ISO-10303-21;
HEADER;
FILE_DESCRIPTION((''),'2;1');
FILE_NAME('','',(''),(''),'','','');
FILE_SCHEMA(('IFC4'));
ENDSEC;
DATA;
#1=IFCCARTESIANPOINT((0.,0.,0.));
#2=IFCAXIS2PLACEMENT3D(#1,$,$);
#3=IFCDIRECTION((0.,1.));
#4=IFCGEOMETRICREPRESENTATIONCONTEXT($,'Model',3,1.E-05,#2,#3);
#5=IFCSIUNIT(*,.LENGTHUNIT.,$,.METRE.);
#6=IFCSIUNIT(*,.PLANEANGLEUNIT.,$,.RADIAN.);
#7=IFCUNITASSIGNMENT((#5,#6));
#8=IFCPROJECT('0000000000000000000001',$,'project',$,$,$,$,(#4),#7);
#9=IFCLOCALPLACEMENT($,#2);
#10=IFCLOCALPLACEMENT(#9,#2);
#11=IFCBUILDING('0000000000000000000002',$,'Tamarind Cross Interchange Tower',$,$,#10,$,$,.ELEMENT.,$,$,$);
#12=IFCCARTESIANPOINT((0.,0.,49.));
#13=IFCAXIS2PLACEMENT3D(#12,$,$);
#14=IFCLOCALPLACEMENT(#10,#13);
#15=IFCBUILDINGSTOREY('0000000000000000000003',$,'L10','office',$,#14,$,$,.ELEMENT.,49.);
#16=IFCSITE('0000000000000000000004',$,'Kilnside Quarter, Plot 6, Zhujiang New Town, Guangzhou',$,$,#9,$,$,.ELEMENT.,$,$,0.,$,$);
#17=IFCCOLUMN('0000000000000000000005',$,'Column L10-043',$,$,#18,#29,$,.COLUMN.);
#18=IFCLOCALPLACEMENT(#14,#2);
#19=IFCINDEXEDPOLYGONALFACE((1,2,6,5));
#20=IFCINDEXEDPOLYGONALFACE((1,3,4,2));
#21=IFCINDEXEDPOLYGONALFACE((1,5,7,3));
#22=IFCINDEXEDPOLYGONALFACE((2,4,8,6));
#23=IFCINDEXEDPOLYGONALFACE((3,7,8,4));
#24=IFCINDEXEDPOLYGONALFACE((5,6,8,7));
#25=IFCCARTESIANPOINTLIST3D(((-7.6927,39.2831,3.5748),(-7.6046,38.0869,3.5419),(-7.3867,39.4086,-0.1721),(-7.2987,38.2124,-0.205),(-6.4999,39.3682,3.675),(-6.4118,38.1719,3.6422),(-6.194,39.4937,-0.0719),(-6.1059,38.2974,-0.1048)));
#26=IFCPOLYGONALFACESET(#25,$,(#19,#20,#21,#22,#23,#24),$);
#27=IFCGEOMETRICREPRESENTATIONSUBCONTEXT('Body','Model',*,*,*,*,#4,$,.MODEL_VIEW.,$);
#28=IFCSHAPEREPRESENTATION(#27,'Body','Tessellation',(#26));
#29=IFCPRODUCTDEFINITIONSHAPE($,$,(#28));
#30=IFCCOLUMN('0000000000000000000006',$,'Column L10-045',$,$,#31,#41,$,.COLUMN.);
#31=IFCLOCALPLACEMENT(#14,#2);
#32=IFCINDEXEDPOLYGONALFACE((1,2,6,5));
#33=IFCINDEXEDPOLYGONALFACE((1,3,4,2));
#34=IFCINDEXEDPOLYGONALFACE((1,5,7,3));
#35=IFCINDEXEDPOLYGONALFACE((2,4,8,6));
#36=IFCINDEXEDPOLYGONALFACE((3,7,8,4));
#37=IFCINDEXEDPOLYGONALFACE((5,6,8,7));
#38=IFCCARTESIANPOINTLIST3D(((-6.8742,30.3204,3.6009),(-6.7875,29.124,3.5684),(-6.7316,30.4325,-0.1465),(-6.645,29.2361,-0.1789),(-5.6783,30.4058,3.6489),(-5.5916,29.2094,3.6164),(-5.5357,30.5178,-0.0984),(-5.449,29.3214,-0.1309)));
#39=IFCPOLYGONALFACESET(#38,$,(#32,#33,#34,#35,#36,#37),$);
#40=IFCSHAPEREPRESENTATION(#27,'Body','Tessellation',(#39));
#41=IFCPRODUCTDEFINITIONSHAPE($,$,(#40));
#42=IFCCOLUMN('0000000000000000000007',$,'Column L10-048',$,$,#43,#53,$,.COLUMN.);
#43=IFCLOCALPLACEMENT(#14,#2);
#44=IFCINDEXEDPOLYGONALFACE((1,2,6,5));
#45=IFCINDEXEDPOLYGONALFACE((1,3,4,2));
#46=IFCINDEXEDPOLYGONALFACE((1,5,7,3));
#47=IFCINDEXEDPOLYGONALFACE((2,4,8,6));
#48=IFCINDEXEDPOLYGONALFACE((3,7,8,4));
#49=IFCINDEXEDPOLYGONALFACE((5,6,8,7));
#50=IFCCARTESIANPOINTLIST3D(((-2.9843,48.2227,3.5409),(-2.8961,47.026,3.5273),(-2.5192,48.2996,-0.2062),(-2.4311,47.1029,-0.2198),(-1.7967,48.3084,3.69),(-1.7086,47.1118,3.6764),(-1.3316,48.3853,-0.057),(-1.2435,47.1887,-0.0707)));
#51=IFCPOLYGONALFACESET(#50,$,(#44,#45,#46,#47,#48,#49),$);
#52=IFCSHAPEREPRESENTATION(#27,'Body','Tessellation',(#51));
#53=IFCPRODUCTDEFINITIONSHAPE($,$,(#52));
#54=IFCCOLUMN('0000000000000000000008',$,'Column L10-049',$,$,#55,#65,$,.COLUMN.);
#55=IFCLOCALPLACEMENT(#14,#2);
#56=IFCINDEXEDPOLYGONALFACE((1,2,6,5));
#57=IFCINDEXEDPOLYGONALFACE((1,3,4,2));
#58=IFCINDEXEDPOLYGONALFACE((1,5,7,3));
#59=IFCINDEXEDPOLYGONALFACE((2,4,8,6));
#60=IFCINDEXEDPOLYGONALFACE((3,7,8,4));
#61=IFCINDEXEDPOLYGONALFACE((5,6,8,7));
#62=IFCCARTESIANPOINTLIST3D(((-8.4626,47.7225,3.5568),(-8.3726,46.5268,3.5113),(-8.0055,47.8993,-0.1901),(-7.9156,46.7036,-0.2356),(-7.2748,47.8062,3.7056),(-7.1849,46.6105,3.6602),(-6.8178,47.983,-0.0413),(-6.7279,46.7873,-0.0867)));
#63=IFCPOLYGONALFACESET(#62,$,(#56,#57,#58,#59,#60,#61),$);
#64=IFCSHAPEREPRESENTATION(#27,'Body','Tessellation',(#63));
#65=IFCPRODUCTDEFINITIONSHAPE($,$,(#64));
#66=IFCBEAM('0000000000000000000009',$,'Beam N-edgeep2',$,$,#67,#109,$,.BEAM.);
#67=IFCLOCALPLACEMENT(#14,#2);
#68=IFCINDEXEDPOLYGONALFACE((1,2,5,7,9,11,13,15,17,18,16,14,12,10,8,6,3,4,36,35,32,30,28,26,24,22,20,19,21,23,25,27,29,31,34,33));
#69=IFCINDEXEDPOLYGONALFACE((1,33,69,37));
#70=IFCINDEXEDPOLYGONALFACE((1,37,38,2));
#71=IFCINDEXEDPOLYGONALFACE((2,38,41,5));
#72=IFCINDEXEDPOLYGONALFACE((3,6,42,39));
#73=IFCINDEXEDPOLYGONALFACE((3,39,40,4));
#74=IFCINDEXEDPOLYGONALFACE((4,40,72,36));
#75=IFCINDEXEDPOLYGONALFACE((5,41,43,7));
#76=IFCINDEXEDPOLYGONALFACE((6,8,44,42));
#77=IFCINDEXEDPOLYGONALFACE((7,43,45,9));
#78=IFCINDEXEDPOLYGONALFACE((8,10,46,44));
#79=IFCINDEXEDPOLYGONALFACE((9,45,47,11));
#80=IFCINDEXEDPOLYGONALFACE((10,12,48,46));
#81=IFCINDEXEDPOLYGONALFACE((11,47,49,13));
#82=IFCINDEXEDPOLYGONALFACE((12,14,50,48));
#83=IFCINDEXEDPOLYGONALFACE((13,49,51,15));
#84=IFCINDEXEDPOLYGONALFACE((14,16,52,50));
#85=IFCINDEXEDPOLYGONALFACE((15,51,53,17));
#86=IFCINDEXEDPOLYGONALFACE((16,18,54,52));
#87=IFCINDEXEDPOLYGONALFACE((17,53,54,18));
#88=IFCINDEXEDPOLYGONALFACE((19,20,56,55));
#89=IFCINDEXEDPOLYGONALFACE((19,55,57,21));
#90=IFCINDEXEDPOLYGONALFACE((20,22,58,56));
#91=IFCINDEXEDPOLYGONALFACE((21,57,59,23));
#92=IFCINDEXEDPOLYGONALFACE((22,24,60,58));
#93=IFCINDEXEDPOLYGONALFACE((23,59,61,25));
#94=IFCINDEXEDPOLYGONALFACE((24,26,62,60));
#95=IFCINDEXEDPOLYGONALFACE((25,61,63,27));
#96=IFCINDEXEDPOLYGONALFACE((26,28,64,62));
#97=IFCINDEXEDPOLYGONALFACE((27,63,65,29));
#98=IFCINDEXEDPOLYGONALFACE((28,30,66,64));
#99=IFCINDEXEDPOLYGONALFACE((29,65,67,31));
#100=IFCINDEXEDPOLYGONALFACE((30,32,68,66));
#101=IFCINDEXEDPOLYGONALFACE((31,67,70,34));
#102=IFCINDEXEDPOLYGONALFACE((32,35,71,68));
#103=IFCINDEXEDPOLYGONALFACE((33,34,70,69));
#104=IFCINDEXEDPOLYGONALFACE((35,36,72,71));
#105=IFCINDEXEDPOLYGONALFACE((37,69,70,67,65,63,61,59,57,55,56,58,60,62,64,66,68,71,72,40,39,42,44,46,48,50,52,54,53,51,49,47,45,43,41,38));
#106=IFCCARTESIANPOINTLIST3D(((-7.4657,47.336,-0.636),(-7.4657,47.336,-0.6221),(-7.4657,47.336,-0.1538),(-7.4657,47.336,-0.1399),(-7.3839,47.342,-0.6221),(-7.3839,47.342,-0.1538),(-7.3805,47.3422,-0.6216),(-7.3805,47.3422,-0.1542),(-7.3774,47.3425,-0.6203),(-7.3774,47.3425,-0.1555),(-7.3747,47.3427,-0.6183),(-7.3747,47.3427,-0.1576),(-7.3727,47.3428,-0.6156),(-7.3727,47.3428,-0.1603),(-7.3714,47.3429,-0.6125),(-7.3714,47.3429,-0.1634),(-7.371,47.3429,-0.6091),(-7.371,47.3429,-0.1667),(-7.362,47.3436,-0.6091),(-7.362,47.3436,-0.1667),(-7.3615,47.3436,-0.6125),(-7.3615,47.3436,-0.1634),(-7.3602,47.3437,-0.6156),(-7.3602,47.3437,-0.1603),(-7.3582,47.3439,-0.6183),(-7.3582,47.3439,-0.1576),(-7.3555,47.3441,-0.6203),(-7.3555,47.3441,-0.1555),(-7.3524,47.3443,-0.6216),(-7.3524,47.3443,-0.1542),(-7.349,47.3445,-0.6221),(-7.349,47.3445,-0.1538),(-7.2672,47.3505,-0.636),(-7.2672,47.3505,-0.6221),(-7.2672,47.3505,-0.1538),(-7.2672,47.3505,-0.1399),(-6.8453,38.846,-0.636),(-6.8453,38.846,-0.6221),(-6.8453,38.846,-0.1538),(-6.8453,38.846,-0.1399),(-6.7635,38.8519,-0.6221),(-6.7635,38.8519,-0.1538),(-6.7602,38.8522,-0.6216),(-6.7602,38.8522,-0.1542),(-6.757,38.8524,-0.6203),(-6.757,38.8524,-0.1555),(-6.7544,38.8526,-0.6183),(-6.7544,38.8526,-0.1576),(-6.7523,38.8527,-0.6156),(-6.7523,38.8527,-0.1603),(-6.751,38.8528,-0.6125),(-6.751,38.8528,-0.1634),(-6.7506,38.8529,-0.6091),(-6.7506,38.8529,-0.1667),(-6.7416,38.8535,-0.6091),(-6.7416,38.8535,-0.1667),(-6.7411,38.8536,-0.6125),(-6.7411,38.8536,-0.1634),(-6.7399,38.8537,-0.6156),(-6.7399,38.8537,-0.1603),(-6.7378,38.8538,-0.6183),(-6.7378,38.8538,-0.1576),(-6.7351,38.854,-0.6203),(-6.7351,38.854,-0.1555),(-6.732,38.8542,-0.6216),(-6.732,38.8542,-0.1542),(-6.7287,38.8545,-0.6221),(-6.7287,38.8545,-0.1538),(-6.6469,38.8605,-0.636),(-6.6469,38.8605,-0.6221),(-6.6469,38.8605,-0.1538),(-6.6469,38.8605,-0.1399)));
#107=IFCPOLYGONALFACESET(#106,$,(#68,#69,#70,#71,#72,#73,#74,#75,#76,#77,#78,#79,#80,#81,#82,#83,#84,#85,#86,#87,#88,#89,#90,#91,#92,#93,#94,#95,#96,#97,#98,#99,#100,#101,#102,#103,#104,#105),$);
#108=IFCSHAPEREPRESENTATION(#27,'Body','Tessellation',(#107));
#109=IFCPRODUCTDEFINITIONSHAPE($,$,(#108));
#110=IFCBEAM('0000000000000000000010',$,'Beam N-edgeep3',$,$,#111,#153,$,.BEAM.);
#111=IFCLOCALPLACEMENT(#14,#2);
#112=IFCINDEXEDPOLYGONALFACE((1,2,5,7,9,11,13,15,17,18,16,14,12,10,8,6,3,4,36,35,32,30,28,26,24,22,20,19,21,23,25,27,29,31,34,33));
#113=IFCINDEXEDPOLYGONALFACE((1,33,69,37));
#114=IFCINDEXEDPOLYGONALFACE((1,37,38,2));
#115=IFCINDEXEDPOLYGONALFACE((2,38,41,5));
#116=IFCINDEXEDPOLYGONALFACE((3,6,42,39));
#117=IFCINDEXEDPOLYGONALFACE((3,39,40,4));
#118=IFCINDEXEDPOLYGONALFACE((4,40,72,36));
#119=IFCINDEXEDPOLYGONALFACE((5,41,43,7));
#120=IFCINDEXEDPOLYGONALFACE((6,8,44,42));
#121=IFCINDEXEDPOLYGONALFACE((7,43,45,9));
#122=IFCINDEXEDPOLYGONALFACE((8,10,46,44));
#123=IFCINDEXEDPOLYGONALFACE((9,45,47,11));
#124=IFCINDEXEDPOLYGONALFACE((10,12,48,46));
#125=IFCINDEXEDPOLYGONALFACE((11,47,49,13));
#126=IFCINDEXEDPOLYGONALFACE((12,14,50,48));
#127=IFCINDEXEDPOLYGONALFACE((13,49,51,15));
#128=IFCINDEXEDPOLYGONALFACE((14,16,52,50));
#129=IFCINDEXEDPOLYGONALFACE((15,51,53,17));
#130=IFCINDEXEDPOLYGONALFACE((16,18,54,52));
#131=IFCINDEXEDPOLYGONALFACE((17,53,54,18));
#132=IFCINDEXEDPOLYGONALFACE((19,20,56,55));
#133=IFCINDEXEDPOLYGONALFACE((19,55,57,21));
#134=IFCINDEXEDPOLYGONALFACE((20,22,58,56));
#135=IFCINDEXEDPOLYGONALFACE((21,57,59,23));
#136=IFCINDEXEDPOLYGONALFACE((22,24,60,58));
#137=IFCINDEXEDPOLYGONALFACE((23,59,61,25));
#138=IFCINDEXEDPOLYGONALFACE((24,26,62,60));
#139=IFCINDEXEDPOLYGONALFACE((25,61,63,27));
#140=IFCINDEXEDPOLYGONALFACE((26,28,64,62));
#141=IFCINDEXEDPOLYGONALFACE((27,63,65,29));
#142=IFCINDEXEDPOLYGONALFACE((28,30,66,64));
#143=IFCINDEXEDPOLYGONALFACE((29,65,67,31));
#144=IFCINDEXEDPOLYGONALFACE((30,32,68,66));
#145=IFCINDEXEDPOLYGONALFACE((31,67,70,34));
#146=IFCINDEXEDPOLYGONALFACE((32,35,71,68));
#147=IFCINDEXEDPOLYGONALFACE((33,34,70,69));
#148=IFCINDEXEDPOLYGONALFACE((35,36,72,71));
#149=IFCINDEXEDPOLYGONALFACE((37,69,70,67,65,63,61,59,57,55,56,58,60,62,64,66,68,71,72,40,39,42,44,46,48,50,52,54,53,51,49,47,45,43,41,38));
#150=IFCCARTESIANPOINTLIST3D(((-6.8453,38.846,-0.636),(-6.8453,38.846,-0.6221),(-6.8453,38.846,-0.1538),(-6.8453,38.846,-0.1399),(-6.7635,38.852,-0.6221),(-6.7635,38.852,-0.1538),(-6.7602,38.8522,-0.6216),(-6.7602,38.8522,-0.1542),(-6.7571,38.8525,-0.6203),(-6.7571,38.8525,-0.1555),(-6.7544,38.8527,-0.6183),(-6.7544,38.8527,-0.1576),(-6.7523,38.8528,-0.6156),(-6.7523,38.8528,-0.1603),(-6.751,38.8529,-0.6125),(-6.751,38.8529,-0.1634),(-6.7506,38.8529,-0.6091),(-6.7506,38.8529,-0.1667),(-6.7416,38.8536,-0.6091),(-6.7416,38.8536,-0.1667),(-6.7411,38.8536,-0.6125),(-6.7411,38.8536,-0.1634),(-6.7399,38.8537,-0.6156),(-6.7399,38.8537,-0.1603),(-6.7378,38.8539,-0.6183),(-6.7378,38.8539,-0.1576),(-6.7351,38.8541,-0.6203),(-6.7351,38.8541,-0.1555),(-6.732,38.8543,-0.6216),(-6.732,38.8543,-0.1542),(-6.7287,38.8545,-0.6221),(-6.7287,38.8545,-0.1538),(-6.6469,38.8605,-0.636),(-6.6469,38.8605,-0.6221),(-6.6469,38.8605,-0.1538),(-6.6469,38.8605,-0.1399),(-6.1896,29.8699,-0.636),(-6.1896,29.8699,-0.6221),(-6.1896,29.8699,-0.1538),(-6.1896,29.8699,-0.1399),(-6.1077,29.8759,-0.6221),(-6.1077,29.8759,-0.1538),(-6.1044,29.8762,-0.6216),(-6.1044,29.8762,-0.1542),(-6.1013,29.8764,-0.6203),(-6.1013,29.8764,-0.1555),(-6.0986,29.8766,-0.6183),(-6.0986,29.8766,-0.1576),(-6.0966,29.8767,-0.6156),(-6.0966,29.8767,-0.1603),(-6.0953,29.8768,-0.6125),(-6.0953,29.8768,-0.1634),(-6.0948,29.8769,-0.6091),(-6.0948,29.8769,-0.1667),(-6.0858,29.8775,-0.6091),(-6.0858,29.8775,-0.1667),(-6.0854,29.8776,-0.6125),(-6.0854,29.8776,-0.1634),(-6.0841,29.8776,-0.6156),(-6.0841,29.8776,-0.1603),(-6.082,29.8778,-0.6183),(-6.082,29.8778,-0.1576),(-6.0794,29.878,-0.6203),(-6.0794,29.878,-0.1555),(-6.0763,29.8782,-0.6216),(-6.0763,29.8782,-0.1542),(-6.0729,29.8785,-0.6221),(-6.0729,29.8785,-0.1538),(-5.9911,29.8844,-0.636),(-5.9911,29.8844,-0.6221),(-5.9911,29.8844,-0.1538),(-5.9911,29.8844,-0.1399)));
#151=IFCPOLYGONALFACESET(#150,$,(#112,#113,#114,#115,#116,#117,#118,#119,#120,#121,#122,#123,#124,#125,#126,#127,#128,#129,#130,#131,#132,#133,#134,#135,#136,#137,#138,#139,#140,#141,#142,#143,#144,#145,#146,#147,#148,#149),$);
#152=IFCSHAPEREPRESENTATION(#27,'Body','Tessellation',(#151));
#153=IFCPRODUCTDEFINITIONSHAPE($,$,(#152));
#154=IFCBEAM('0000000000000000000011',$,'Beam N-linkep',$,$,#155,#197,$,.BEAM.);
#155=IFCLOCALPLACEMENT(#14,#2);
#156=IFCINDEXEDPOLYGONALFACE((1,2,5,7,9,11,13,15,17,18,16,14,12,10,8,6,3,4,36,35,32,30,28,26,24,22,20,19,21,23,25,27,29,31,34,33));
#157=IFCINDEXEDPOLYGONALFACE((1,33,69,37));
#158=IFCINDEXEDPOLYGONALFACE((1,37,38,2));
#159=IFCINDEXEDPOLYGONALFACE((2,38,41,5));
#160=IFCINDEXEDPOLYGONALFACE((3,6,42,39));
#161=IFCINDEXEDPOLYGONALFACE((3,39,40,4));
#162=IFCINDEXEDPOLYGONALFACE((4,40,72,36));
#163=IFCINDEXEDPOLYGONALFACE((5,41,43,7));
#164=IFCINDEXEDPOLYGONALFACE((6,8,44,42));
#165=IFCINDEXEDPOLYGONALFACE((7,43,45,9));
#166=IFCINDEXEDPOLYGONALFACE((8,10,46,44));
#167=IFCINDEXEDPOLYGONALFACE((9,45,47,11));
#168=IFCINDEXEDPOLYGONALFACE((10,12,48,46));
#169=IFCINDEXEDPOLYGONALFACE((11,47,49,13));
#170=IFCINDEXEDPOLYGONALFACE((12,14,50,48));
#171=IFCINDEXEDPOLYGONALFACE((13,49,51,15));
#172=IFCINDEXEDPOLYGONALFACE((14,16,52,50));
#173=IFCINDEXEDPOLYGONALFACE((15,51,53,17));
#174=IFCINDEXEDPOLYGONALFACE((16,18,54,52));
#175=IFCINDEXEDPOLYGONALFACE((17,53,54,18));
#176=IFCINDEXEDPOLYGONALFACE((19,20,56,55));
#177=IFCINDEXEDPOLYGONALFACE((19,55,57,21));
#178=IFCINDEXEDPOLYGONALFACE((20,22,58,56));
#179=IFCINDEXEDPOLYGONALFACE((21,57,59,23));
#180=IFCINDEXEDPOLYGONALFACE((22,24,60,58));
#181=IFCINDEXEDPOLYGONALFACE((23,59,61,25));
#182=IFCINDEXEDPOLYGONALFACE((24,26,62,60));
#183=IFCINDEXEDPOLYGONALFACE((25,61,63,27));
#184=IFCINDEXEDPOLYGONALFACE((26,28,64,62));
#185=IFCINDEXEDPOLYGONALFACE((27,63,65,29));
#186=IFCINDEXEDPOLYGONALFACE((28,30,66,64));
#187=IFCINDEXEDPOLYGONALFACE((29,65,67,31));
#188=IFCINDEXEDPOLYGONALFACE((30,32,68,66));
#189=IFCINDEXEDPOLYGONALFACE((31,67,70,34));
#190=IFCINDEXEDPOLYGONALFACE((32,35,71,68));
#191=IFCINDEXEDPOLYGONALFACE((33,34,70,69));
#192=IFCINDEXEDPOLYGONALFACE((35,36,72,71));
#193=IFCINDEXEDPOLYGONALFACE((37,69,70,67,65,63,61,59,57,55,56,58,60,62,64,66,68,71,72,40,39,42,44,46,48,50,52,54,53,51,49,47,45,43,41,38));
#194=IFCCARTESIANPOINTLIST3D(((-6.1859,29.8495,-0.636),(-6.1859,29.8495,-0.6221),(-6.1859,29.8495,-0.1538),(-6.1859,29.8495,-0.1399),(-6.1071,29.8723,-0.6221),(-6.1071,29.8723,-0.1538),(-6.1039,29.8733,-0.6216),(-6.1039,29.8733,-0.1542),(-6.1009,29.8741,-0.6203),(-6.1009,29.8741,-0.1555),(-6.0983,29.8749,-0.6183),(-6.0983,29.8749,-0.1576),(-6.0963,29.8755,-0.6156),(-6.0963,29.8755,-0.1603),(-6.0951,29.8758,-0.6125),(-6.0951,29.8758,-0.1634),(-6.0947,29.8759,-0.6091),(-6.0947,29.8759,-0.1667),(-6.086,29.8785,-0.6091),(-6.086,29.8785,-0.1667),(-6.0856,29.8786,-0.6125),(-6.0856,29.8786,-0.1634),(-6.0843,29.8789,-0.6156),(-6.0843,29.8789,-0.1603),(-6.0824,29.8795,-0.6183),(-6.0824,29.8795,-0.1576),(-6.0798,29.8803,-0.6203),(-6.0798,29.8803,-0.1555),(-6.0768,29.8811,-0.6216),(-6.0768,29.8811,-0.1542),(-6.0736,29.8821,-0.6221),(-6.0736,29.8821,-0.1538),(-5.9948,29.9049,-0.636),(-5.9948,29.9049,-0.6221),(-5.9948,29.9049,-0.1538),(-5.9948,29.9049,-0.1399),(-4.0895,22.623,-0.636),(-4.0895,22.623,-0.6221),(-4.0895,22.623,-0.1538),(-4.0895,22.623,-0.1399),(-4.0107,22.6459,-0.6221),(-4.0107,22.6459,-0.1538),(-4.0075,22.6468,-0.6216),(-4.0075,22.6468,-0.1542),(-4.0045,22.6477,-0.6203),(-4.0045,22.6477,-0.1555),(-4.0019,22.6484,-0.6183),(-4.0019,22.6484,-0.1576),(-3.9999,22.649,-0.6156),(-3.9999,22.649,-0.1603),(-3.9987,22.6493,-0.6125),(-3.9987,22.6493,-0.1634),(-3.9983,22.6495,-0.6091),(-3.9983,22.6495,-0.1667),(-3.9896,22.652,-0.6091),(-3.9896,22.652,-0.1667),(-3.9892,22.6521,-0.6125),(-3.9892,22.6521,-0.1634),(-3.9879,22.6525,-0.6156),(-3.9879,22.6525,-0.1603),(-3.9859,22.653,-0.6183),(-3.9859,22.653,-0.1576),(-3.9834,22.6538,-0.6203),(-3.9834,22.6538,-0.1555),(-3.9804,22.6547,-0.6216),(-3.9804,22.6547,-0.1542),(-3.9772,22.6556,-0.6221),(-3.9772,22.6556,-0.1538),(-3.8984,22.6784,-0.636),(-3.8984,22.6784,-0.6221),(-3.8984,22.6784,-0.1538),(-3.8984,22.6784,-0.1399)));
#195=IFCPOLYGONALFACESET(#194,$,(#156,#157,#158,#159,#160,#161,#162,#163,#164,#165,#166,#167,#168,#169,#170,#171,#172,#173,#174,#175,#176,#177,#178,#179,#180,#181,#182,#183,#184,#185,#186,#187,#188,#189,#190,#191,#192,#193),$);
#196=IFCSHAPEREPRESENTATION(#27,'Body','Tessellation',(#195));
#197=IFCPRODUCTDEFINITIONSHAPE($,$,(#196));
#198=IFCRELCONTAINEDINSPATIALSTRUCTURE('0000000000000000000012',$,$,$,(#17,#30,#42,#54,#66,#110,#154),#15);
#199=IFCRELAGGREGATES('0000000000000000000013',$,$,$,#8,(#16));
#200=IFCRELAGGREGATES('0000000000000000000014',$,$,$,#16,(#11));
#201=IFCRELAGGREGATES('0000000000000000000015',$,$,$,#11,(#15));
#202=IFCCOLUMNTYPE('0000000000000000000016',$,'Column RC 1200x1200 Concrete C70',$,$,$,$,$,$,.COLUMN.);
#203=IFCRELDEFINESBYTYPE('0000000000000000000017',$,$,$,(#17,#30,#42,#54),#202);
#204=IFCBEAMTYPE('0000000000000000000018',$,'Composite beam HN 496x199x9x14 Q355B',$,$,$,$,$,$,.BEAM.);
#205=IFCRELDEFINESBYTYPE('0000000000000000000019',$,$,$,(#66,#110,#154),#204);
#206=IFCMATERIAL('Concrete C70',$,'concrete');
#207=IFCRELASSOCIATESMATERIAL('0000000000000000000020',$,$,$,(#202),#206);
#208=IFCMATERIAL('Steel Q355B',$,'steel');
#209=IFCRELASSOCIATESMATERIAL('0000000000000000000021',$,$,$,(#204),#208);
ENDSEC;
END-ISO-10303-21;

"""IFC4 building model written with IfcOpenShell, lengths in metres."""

from ifc_helpers import new_model, si_unit, direction, frame, origin, origin_2d, place, context, subcontext, project, spatial, rectangle, i_section, extrude, material, material_profile, profile_set, type_object, element, save


model = new_model("IFC4")

# Units and contexts
model_context = context("Model", 3, precision=1e-05, world=origin(), true_north=direction((0.0, 1.0)))
body_context = subcontext(model_context, "Body", "Model", "MODEL_VIEW")
ifc_project = project(units=[si_unit("LENGTHUNIT", "METRE"), si_unit("PLANEANGLEUNIT", "RADIAN")], contexts=[model_context])

# Site, building, storey
site_placement = place(None, origin())
site = spatial("IfcSite", under=ifc_project, at=site_placement, Name="Kilnside Quarter, Plot 6, Zhujiang New Town, Guangzhou", CompositionType="ELEMENT", RefElevation=0.0)
building_placement = place(site_placement, origin())
building = spatial("IfcBuilding", under=site, at=building_placement, Name="Tamarind Cross Interchange Tower", CompositionType="ELEMENT")
storey_placement = place(building_placement, frame((0.0, 0.0, 49.0)))
storey = spatial("IfcBuildingStorey", under=building, at=storey_placement, Name="L10", Description="office", CompositionType="ELEMENT", Elevation=49.0)

# Columns
ifc_material_1 = material(Name="Concrete C70", Category="concrete")
ifc_material_profile_1 = material_profile(ifc_material_1, rectangle(XDim=1.2, YDim=1.2, at=origin_2d()), Name="RC 1200x1200")
ifc_profile_set_1 = profile_set([ifc_material_profile_1], Name="Concrete C70")
column_type = type_object("IfcColumnType", Name="Column RC 1200x1200 Concrete C70", PredefinedType="COLUMN", material=ifc_profile_set_1)
column_1_placement = place(storey_placement, frame((-6.7463, 38.853, -0.1384), z_axis=(-0.081329, -0.033362, 0.996129), x_axis=(0.993981, 0.070891, 0.083527)))
element("IfcColumn", 1, at=column_1_placement, inside=storey, type_object=column_type, Name="Column L10-043", PredefinedType="COLUMN", context=body_context, shape_type="SweptSolid", body=[
    extrude(rectangle(XDim=1.2, YDim=1.2, at=origin_2d()), origin(), (0.0, 0.0, 1.0), 3.7615),
])
column_2_placement = place(storey_placement, frame((-6.0903, 29.877, -0.1387), z_axis=(-0.038004, -0.029869, 0.998831), x_axis=(0.996663, 0.071126, 0.040048)))
element("IfcColumn", 2, at=column_2_placement, inside=storey, type_object=column_type, Name="Column L10-045", PredefinedType="COLUMN", context=body_context, shape_type="SweptSolid", body=[
    extrude(rectangle(XDim=1.2, YDim=1.2, at=origin_2d()), origin(), (0.0, 0.0, 1.0), 3.7517),
])
column_3_placement = place(storey_placement, frame((-1.8813, 47.7441, -0.1384), z_axis=(-0.12315, -0.020363, 0.992179), x_axis=(0.989666, 0.071477, 0.124305)))
element("IfcColumn", 3, at=column_3_placement, inside=storey, type_object=column_type, Name="Column L10-048", PredefinedType="COLUMN", context=body_context, shape_type="SweptSolid", body=[
    extrude(rectangle(XDim=1.2, YDim=1.2, at=origin_2d()), origin(), (0.0, 0.0, 1.0), 3.7766),
])
column_4_placement = place(storey_placement, frame((-7.3667, 47.3433, -0.1384), z_axis=(-0.120948, -0.046777, 0.991556), x_axis=(0.989825, 0.069746, 0.124027)))
element("IfcColumn", 4, at=column_4_placement, inside=storey, type_object=column_type, Name="Column L10-049", PredefinedType="COLUMN", context=body_context, shape_type="SweptSolid", body=[
    extrude(rectangle(XDim=1.2, YDim=1.2, at=origin_2d()), origin(), (0.0, 0.0, 1.0), 3.7788),
])

# Beams
ifc_material_2 = material(Name="Steel Q355B", Category="steel")
ifc_material_profile_2 = material_profile(ifc_material_2, i_section(OverallWidth=0.199, OverallDepth=0.4961, WebThickness=0.009, FlangeThickness=0.0139, FilletRadius=0.0129, at=origin_2d()), Name="HN 496x199x9x14")
ifc_profile_set_2 = profile_set([ifc_material_profile_2], Name="Steel Q355B")
beam_type_1 = type_object("IfcBeamType", Name="Composite beam HN 496x199x9x14 Q355B", PredefinedType="BEAM", material=ifc_profile_set_2)
beam_1_placement = place(storey_placement, frame((-7.3665, 47.3433, -0.3879), z_axis=(0.072875, -0.997341, 0.0), x_axis=(0.997341, 0.072875, 0.0)))
element("IfcBeam", 5, at=beam_1_placement, inside=storey, type_object=beam_type_1, Name="Beam N-edgeep2", PredefinedType="BEAM", context=body_context, shape_type="SweptSolid", body=[
    extrude(i_section(OverallWidth=0.199, OverallDepth=0.4961, WebThickness=0.009, FlangeThickness=0.0139, FilletRadius=0.0129, at=origin_2d()), origin(), (0.0, 0.0, 1.0), 8.5127),
])
beam_2_placement = place(storey_placement, frame((-6.7461, 38.8533, -0.3879), z_axis=(0.072862, -0.997342, 0.0), x_axis=(0.997342, 0.072862, 0.0)))
element("IfcBeam", 6, at=beam_2_placement, inside=storey, type_object=beam_type_1, Name="Beam N-edgeep3", PredefinedType="BEAM", context=body_context, shape_type="SweptSolid", body=[
    extrude(i_section(OverallWidth=0.199, OverallDepth=0.4961, WebThickness=0.009, FlangeThickness=0.0139, FilletRadius=0.0129, at=origin_2d()), origin(), (0.0, 0.0, 1.0), 9.0),
])
beam_3_placement = place(storey_placement, frame((-6.0903, 29.8772, -0.3879), z_axis=(0.278614, -0.960403, 0.0), x_axis=(0.960403, 0.278614, 0.0)))
element("IfcBeam", 7, at=beam_3_placement, inside=storey, type_object=beam_type_1, Name="Beam N-linkep", PredefinedType="BEAM", context=body_context, shape_type="SweptSolid", body=[
    extrude(i_section(OverallWidth=0.199, OverallDepth=0.4961, WebThickness=0.009, FlangeThickness=0.0139, FilletRadius=0.0129, at=origin_2d()), origin(), (0.0, 0.0, 1.0), 7.5244),
])

save(model, "model.ifc")
